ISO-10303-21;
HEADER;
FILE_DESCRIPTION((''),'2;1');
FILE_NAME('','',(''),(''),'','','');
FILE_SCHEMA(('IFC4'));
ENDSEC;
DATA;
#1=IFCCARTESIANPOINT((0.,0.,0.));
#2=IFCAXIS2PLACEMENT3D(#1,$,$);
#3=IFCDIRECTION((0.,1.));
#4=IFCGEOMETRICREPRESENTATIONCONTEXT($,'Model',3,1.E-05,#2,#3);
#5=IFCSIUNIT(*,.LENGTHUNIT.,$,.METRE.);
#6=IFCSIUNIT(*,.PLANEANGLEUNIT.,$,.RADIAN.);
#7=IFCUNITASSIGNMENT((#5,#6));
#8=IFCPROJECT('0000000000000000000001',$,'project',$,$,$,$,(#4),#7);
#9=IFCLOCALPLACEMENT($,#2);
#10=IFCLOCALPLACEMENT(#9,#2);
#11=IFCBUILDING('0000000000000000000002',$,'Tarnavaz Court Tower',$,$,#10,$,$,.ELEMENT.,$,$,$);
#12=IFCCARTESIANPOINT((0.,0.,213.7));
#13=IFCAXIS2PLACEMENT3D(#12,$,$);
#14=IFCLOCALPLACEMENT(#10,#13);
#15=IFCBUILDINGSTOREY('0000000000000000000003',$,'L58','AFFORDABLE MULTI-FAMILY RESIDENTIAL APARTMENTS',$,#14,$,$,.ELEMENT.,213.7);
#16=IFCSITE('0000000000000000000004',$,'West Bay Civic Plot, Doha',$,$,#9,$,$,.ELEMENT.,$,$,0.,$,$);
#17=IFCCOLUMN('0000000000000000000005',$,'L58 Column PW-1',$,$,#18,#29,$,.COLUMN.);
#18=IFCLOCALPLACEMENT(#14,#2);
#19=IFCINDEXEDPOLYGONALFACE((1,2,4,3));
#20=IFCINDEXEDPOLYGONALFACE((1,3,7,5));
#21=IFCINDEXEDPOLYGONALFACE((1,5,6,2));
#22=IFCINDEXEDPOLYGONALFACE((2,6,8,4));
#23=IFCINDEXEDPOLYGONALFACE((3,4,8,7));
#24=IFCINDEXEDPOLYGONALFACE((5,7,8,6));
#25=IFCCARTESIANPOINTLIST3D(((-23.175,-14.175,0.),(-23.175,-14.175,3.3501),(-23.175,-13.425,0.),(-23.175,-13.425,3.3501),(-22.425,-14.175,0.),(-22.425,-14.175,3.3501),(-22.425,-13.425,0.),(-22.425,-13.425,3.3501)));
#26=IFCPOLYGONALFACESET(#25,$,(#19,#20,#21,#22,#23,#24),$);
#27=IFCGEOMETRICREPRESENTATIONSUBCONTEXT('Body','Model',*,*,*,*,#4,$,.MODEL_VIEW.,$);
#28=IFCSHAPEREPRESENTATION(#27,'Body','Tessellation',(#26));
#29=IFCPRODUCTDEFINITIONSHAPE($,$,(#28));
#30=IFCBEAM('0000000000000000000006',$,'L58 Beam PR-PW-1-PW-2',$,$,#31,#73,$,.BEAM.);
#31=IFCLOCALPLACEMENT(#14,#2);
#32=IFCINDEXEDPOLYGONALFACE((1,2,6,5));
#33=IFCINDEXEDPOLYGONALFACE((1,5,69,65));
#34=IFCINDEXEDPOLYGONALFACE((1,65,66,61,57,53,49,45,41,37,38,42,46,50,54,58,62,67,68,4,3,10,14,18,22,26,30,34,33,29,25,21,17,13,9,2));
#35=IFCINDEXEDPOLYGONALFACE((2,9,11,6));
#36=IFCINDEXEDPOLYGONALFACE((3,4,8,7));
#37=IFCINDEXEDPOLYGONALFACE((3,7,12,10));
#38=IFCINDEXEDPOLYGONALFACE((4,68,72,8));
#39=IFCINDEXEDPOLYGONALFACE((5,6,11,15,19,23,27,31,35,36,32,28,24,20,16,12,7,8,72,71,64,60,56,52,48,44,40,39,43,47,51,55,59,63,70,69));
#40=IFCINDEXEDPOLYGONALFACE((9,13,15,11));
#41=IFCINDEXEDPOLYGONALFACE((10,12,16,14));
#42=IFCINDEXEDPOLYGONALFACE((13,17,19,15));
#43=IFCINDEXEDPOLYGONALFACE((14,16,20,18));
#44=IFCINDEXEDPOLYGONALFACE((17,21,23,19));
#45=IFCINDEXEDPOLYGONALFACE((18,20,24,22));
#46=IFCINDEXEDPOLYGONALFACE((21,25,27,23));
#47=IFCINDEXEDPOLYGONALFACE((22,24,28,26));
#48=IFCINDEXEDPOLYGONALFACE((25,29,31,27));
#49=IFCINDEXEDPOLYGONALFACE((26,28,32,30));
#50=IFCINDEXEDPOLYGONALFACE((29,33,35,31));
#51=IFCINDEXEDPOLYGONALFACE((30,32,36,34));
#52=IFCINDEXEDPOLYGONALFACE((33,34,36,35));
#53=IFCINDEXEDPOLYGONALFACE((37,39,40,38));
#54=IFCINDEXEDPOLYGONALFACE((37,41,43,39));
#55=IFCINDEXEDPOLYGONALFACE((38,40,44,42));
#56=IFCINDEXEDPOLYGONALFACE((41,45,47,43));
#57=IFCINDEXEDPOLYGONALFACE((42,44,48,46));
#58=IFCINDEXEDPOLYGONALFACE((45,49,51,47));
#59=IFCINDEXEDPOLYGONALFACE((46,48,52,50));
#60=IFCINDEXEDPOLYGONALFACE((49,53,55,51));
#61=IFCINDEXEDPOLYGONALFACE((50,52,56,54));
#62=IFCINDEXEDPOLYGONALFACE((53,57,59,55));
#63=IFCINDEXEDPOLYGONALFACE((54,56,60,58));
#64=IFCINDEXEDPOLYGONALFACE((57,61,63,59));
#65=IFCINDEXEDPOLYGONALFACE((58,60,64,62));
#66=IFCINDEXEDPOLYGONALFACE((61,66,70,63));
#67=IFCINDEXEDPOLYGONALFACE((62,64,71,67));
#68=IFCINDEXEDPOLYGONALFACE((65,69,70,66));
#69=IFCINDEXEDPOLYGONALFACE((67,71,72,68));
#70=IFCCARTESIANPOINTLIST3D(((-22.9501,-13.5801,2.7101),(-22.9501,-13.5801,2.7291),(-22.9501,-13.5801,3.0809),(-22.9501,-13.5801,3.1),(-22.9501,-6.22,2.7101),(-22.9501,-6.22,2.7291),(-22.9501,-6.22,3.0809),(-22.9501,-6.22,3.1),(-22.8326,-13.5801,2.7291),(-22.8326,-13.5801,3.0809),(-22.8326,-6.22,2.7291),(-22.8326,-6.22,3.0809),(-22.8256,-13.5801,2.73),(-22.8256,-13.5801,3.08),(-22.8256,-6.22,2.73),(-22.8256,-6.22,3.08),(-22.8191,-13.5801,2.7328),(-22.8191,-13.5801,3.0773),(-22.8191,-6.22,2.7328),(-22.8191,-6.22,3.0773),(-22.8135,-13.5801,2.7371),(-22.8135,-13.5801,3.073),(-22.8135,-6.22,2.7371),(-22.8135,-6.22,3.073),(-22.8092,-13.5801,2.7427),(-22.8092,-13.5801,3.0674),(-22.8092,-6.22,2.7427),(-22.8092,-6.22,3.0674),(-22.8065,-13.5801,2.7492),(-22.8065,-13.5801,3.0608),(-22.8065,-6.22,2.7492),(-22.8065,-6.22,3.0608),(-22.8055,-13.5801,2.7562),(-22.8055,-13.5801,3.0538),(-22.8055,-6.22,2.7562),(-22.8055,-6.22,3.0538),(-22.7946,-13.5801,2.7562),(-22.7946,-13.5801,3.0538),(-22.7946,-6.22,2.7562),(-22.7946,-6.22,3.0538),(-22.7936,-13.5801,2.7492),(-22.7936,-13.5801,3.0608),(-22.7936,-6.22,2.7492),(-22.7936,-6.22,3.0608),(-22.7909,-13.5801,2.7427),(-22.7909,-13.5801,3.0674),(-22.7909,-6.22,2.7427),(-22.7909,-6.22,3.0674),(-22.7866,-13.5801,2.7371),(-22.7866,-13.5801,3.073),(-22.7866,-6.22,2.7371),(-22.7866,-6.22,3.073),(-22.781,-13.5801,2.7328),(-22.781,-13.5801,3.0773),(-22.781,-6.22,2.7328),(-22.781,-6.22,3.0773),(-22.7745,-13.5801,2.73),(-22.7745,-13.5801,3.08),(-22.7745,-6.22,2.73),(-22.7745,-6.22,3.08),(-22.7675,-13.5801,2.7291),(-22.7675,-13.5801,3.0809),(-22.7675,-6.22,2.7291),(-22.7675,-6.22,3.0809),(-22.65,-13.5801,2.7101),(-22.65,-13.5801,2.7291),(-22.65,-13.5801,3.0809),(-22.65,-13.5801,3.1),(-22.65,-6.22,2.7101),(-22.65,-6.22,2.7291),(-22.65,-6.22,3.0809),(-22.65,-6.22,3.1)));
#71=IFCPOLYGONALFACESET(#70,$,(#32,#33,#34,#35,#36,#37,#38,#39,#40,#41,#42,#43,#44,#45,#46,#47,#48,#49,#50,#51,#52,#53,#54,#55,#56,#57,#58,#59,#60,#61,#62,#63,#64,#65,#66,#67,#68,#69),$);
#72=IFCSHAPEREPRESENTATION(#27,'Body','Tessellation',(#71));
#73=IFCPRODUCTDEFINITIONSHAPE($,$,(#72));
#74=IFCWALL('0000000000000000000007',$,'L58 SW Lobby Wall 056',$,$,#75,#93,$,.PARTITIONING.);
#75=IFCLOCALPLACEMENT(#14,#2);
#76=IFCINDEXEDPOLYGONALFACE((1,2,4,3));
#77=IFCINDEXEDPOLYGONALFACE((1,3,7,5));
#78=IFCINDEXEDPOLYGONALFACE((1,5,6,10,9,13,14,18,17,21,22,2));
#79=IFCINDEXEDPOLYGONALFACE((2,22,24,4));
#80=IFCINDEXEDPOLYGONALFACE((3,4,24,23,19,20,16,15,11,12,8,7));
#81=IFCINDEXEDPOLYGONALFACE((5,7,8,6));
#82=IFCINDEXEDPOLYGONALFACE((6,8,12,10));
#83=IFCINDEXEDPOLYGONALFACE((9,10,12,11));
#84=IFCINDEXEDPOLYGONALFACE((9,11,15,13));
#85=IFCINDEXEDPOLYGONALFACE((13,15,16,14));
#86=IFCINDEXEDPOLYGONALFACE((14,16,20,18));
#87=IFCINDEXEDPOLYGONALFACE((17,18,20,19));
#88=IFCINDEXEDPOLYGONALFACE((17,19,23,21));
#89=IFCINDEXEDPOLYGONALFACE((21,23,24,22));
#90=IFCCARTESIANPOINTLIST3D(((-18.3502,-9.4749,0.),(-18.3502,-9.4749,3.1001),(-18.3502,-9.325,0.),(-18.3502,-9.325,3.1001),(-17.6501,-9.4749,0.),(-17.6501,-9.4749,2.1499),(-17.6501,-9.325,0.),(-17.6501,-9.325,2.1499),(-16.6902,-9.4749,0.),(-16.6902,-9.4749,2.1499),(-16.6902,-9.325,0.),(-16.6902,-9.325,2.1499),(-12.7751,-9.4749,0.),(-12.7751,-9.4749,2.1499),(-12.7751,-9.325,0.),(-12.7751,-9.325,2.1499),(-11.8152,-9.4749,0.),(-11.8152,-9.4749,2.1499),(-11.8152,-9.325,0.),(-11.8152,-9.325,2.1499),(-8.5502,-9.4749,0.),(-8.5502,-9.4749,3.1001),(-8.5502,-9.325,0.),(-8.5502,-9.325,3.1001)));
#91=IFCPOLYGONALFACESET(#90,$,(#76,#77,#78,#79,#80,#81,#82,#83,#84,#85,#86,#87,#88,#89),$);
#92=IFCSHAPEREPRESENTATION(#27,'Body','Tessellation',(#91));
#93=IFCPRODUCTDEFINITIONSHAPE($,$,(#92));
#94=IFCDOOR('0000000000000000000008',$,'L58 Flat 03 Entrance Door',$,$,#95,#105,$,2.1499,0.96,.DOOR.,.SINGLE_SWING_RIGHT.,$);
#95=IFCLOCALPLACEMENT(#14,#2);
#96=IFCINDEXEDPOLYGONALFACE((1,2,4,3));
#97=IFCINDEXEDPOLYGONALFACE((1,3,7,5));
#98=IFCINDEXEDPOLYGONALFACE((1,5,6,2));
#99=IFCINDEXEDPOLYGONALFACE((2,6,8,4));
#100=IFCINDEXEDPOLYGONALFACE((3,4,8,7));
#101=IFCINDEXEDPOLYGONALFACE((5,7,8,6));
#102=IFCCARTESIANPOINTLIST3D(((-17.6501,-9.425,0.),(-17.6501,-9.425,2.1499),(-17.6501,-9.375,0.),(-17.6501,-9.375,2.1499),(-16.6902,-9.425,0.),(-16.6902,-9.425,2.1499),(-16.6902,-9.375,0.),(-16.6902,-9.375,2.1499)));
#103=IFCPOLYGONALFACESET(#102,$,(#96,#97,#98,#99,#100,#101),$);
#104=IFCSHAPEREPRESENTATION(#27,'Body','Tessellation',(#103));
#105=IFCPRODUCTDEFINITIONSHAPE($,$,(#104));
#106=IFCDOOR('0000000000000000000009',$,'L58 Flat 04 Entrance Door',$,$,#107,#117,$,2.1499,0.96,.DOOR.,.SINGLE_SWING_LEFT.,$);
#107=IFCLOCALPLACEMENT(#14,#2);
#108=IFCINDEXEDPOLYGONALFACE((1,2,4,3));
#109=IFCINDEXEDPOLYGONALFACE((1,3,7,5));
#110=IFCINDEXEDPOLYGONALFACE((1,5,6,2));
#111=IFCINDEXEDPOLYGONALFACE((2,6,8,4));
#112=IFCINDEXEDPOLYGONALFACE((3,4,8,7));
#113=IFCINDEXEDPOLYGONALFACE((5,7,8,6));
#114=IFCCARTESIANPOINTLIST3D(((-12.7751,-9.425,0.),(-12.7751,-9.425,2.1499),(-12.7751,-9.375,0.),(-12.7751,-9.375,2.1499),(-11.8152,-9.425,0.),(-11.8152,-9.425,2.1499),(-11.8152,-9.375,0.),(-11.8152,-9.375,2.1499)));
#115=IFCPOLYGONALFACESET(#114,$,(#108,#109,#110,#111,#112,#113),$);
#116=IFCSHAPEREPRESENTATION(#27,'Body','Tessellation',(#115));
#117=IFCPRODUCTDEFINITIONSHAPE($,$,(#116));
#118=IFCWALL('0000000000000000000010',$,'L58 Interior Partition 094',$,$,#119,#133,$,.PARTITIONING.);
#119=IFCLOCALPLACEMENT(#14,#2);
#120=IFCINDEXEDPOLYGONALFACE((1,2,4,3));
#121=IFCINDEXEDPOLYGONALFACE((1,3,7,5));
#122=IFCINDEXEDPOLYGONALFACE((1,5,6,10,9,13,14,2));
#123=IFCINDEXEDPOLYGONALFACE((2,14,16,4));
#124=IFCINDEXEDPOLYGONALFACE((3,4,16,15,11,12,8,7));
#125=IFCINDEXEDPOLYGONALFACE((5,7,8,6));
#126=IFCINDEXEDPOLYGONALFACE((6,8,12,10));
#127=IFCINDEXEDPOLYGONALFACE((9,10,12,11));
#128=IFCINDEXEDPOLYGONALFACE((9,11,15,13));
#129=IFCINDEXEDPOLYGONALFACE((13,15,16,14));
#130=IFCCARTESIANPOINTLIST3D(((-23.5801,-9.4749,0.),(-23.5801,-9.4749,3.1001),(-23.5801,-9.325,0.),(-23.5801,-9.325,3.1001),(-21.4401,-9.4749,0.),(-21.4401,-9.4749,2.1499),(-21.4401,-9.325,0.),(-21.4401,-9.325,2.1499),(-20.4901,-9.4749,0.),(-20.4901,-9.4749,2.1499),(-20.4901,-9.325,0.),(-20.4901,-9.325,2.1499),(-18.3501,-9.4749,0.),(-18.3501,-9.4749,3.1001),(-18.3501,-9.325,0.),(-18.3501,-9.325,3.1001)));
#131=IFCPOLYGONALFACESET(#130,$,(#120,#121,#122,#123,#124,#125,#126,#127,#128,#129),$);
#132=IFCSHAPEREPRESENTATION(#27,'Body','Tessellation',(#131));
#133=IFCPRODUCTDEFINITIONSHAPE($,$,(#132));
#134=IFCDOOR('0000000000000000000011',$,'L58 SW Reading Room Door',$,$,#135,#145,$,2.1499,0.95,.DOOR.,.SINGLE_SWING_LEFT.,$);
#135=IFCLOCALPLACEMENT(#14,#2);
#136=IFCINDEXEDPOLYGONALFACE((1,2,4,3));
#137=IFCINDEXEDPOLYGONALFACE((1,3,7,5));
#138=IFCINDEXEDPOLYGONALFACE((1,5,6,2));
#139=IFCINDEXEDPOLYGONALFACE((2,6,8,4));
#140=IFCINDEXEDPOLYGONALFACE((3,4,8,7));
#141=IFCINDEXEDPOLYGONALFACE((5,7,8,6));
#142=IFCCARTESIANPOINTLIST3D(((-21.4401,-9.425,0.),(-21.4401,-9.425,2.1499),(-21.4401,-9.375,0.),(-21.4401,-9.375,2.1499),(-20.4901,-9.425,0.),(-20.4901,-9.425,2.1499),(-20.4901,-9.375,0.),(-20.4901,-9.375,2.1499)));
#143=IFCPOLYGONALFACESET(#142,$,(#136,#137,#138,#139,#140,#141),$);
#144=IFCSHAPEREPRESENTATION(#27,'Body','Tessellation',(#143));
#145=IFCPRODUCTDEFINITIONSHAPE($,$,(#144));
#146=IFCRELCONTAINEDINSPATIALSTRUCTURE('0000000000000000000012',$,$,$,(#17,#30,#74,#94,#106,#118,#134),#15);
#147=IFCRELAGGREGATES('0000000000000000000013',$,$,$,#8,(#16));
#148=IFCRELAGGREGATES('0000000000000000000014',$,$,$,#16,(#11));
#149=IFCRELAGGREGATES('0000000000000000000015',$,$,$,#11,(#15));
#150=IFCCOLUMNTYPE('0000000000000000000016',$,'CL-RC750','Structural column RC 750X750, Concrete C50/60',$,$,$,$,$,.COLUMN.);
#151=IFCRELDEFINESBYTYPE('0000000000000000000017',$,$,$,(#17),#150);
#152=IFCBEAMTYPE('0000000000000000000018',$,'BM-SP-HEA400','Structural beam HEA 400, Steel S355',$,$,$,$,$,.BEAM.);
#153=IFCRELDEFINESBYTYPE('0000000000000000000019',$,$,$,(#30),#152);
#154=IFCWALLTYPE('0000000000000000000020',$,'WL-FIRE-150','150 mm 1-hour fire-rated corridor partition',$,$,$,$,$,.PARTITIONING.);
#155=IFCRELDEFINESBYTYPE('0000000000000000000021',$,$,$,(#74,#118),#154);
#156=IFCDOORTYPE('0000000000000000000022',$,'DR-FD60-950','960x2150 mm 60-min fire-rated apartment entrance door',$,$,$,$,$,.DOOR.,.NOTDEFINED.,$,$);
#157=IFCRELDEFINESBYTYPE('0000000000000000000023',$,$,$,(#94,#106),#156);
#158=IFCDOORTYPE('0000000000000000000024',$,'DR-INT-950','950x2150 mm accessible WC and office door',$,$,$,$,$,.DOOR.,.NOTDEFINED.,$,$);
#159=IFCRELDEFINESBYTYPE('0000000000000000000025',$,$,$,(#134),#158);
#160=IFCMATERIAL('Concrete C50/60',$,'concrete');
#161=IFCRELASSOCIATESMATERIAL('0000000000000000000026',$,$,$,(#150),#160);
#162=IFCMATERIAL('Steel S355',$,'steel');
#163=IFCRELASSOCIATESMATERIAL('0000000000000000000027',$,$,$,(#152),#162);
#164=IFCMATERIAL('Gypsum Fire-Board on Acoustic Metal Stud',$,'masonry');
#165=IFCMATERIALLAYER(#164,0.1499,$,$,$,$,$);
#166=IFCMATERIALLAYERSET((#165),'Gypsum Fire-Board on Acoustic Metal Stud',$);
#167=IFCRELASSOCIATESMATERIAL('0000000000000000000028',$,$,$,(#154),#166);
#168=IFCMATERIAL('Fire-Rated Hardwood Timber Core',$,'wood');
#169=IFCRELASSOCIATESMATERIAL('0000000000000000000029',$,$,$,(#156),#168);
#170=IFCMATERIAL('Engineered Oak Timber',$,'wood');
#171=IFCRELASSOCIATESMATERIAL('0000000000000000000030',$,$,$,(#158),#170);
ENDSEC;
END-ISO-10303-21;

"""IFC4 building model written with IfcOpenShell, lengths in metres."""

from ifc_helpers import new_model, si_unit, direction, frame, frame_2d, origin, origin_2d, place, context, subcontext, project, spatial, rectangle, i_section, extrude, material, layer, layer_set, material_profile, profile_set, type_object, element, fill, save


model = new_model("IFC4")

# Units and contexts
model_context = context("Model", 3, precision=1e-05, world=origin(), true_north=direction((0.0, 1.0)))
body_context = subcontext(model_context, "Body", "Model", "MODEL_VIEW")
ifc_project = project(units=[si_unit("LENGTHUNIT", "METRE"), si_unit("PLANEANGLEUNIT", "RADIAN")], contexts=[model_context])

# Site, building, storey
site_placement = place(None, origin())
site = spatial("IfcSite", under=ifc_project, at=site_placement, Name="West Bay Civic Plot, Doha", CompositionType="ELEMENT", RefElevation=0.0)
building_placement = place(site_placement, origin())
building = spatial("IfcBuilding", under=site, at=building_placement, Name="Tarnavaz Court Tower", CompositionType="ELEMENT")
storey_placement = place(building_placement, frame((0.0, 0.0, 213.7)))
storey = spatial("IfcBuildingStorey", under=building, at=storey_placement, Name="L58", Description="AFFORDABLE MULTI-FAMILY RESIDENTIAL APARTMENTS", CompositionType="ELEMENT", Elevation=213.7)

# Column
ifc_material_1 = material(Name="Concrete C50/60", Category="concrete")
ifc_material_profile_1 = material_profile(ifc_material_1, rectangle(XDim=0.75, YDim=0.75, at=origin_2d()), Name="RC 750X750")
ifc_profile_set_1 = profile_set([ifc_material_profile_1], Name="Concrete C50/60")
column_type = type_object("IfcColumnType", Name="CL-RC750", Description="Structural column RC 750X750, Concrete C50/60", PredefinedType="COLUMN", material=ifc_profile_set_1)
column_placement = place(storey_placement, frame((-22.8, -13.8, 0.0), z_axis=(0.0, 0.0, 1.0), x_axis=(1.0, 0.0, 0.0)))
element("IfcColumn", 1, at=column_placement, inside=storey, type_object=column_type, Name="L58 Column PW-1", PredefinedType="COLUMN", context=body_context, shape_type="SweptSolid", body=[
    extrude(rectangle(XDim=0.75, YDim=0.75, at=origin_2d()), origin(), (0.0, 0.0, 1.0), 3.3501),
])

# Beam
ifc_material_2 = material(Name="Steel S355", Category="steel")
ifc_material_profile_2 = material_profile(ifc_material_2, i_section(OverallWidth=0.3, OverallDepth=0.3899, WebThickness=0.011, FlangeThickness=0.019, FilletRadius=0.0271, at=origin_2d()), Name="HEA 400")
ifc_profile_set_2 = profile_set([ifc_material_profile_2], Name="Steel S355")
beam_type = type_object("IfcBeamType", Name="BM-SP-HEA400", Description="Structural beam HEA 400, Steel S355", PredefinedType="BEAM", material=ifc_profile_set_2)
beam_placement = place(storey_placement, frame((-22.8, -13.5801, 2.905), z_axis=(0.0, 1.0, 0.0), x_axis=(-1.0, 0.0, 0.0)))
element("IfcBeam", 2, at=beam_placement, inside=storey, type_object=beam_type, Name="L58 Beam PR-PW-1-PW-2", PredefinedType="BEAM", context=body_context, shape_type="SweptSolid", body=[
    extrude(i_section(OverallWidth=0.3, OverallDepth=0.3899, WebThickness=0.011, FlangeThickness=0.019, FilletRadius=0.0271, at=origin_2d()), origin(), (0.0, 0.0, 1.0), 7.3601),
])

# Wall, openings, doors
ifc_material_3 = material(Name="Gypsum Fire-Board on Acoustic Metal Stud", Category="masonry")
ifc_layer_1 = layer(ifc_material_3, 0.1499)
ifc_layer_set_1 = layer_set([ifc_layer_1], Name="Gypsum Fire-Board on Acoustic Metal Stud")
wall_type_1 = type_object("IfcWallType", Name="WL-FIRE-150", Description="150 mm 1-hour fire-rated corridor partition", PredefinedType="PARTITIONING", material=ifc_layer_set_1)
wall_1_placement = place(storey_placement, frame((-18.3501, -9.3999, 0.0), z_axis=(0.0, 0.0, 1.0), x_axis=(1.0, 0.0, 0.0)))
wall_1 = element("IfcWall", 3, at=wall_1_placement, inside=storey, type_object=wall_type_1, Name="L58 SW Lobby Wall 056", PredefinedType="PARTITIONING", context=body_context, shape_type="SweptSolid", body=[
    extrude(rectangle(XDim=9.8, YDim=0.1499, at=frame_2d((4.8999, 0.0))), origin(), (0.0, 0.0, 1.0), 3.1001),
])
opening_1_placement = place(wall_1_placement, frame((0.7, 0.0, 0.0)))
opening_1 = element("IfcOpeningElement", 4, at=opening_1_placement, cuts=wall_1, PredefinedType="OPENING", context=body_context, shape_type="SweptSolid", body=[
    extrude(rectangle(XDim=0.96, YDim=2.1499, at=frame_2d((0.48, 1.075))), frame((0.0, 0.085, 0.0), z_axis=(0.0, -1.0, 0.0), x_axis=(1.0, 0.0, 0.0)), (0.0, 0.0, 1.0), 0.1699),
])
opening_2_placement = place(wall_1_placement, frame((5.575, 0.0, 0.0)))
opening_2 = element("IfcOpeningElement", 5, at=opening_2_placement, cuts=wall_1, PredefinedType="OPENING", context=body_context, shape_type="SweptSolid", body=[
    extrude(rectangle(XDim=0.96, YDim=2.1499, at=frame_2d((0.48, 1.075))), frame((0.0, 0.085, 0.0), z_axis=(0.0, -1.0, 0.0), x_axis=(1.0, 0.0, 0.0)), (0.0, 0.0, 1.0), 0.1699),
])
ifc_material_4 = material(Name="Fire-Rated Hardwood Timber Core", Category="wood")
door_type_1 = type_object("IfcDoorType", Name="DR-FD60-950", Description="960x2150 mm 60-min fire-rated apartment entrance door", OperationType="NOTDEFINED", PredefinedType="DOOR", material=ifc_material_4)
door_1_placement = place(opening_1_placement, origin())
door_1 = element("IfcDoor", 6, at=door_1_placement, inside=storey, type_object=door_type_1, Name="L58 Flat 03 Entrance Door", OperationType="SINGLE_SWING_RIGHT", OverallHeight=2.1499, OverallWidth=0.96, PredefinedType="DOOR", context=body_context, shape_type="SweptSolid", body=[
    extrude(rectangle(XDim=0.96, YDim=2.1499, at=frame_2d((0.48, 1.075))), frame((0.0, 0.0249, 0.0), z_axis=(0.0, -1.0, 0.0), x_axis=(1.0, 0.0, 0.0)), (0.0, 0.0, 1.0), 0.05),
])
fill(opening_1, door_1)
door_2_placement = place(opening_2_placement, origin())
door_2 = element("IfcDoor", 7, at=door_2_placement, inside=storey, type_object=door_type_1, Name="L58 Flat 04 Entrance Door", OperationType="SINGLE_SWING_LEFT", OverallHeight=2.1499, OverallWidth=0.96, PredefinedType="DOOR", context=body_context, shape_type="SweptSolid", body=[
    extrude(rectangle(XDim=0.96, YDim=2.1499, at=frame_2d((0.48, 1.075))), frame((0.0, 0.0249, 0.0), z_axis=(0.0, -1.0, 0.0), x_axis=(1.0, 0.0, 0.0)), (0.0, 0.0, 1.0), 0.05),
])
fill(opening_2, door_2)

# Wall, opening, door
wall_2_placement = place(storey_placement, frame((-23.5801, -9.3999, 0.0), z_axis=(0.0, 0.0, 1.0), x_axis=(1.0, 0.0, 0.0)))
wall_2 = element("IfcWall", 8, at=wall_2_placement, inside=storey, type_object=wall_type_1, Name="L58 Interior Partition 094", PredefinedType="PARTITIONING", context=body_context, shape_type="SweptSolid", body=[
    extrude(rectangle(XDim=5.23, YDim=0.1499, at=frame_2d((2.615, 0.0))), origin(), (0.0, 0.0, 1.0), 3.1001),
])
opening_3_placement = place(wall_2_placement, frame((2.1399, 0.0, 0.0)))
opening_3 = element("IfcOpeningElement", 9, at=opening_3_placement, cuts=wall_2, PredefinedType="OPENING", context=body_context, shape_type="SweptSolid", body=[
    extrude(rectangle(XDim=0.95, YDim=2.1499, at=frame_2d((0.4751, 1.075))), frame((0.0, 0.085, 0.0), z_axis=(0.0, -1.0, 0.0), x_axis=(1.0, 0.0, 0.0)), (0.0, 0.0, 1.0), 0.1699),
])
ifc_material_5 = material(Name="Engineered Oak Timber", Category="wood")
door_type_2 = type_object("IfcDoorType", Name="DR-INT-950", Description="950x2150 mm accessible WC and office door", OperationType="NOTDEFINED", PredefinedType="DOOR", material=ifc_material_5)
door_3_placement = place(opening_3_placement, origin())
door_3 = element("IfcDoor", 10, at=door_3_placement, inside=storey, type_object=door_type_2, Name="L58 SW Reading Room Door", OperationType="SINGLE_SWING_LEFT", OverallHeight=2.1499, OverallWidth=0.95, PredefinedType="DOOR", context=body_context, shape_type="SweptSolid", body=[
    extrude(rectangle(XDim=0.95, YDim=2.1499, at=frame_2d((0.4751, 1.075))), frame((0.0, 0.0249, 0.0), z_axis=(0.0, -1.0, 0.0), x_axis=(1.0, 0.0, 0.0)), (0.0, 0.0, 1.0), 0.05),
])
fill(opening_3, door_3)

save(model, "model.ifc")
